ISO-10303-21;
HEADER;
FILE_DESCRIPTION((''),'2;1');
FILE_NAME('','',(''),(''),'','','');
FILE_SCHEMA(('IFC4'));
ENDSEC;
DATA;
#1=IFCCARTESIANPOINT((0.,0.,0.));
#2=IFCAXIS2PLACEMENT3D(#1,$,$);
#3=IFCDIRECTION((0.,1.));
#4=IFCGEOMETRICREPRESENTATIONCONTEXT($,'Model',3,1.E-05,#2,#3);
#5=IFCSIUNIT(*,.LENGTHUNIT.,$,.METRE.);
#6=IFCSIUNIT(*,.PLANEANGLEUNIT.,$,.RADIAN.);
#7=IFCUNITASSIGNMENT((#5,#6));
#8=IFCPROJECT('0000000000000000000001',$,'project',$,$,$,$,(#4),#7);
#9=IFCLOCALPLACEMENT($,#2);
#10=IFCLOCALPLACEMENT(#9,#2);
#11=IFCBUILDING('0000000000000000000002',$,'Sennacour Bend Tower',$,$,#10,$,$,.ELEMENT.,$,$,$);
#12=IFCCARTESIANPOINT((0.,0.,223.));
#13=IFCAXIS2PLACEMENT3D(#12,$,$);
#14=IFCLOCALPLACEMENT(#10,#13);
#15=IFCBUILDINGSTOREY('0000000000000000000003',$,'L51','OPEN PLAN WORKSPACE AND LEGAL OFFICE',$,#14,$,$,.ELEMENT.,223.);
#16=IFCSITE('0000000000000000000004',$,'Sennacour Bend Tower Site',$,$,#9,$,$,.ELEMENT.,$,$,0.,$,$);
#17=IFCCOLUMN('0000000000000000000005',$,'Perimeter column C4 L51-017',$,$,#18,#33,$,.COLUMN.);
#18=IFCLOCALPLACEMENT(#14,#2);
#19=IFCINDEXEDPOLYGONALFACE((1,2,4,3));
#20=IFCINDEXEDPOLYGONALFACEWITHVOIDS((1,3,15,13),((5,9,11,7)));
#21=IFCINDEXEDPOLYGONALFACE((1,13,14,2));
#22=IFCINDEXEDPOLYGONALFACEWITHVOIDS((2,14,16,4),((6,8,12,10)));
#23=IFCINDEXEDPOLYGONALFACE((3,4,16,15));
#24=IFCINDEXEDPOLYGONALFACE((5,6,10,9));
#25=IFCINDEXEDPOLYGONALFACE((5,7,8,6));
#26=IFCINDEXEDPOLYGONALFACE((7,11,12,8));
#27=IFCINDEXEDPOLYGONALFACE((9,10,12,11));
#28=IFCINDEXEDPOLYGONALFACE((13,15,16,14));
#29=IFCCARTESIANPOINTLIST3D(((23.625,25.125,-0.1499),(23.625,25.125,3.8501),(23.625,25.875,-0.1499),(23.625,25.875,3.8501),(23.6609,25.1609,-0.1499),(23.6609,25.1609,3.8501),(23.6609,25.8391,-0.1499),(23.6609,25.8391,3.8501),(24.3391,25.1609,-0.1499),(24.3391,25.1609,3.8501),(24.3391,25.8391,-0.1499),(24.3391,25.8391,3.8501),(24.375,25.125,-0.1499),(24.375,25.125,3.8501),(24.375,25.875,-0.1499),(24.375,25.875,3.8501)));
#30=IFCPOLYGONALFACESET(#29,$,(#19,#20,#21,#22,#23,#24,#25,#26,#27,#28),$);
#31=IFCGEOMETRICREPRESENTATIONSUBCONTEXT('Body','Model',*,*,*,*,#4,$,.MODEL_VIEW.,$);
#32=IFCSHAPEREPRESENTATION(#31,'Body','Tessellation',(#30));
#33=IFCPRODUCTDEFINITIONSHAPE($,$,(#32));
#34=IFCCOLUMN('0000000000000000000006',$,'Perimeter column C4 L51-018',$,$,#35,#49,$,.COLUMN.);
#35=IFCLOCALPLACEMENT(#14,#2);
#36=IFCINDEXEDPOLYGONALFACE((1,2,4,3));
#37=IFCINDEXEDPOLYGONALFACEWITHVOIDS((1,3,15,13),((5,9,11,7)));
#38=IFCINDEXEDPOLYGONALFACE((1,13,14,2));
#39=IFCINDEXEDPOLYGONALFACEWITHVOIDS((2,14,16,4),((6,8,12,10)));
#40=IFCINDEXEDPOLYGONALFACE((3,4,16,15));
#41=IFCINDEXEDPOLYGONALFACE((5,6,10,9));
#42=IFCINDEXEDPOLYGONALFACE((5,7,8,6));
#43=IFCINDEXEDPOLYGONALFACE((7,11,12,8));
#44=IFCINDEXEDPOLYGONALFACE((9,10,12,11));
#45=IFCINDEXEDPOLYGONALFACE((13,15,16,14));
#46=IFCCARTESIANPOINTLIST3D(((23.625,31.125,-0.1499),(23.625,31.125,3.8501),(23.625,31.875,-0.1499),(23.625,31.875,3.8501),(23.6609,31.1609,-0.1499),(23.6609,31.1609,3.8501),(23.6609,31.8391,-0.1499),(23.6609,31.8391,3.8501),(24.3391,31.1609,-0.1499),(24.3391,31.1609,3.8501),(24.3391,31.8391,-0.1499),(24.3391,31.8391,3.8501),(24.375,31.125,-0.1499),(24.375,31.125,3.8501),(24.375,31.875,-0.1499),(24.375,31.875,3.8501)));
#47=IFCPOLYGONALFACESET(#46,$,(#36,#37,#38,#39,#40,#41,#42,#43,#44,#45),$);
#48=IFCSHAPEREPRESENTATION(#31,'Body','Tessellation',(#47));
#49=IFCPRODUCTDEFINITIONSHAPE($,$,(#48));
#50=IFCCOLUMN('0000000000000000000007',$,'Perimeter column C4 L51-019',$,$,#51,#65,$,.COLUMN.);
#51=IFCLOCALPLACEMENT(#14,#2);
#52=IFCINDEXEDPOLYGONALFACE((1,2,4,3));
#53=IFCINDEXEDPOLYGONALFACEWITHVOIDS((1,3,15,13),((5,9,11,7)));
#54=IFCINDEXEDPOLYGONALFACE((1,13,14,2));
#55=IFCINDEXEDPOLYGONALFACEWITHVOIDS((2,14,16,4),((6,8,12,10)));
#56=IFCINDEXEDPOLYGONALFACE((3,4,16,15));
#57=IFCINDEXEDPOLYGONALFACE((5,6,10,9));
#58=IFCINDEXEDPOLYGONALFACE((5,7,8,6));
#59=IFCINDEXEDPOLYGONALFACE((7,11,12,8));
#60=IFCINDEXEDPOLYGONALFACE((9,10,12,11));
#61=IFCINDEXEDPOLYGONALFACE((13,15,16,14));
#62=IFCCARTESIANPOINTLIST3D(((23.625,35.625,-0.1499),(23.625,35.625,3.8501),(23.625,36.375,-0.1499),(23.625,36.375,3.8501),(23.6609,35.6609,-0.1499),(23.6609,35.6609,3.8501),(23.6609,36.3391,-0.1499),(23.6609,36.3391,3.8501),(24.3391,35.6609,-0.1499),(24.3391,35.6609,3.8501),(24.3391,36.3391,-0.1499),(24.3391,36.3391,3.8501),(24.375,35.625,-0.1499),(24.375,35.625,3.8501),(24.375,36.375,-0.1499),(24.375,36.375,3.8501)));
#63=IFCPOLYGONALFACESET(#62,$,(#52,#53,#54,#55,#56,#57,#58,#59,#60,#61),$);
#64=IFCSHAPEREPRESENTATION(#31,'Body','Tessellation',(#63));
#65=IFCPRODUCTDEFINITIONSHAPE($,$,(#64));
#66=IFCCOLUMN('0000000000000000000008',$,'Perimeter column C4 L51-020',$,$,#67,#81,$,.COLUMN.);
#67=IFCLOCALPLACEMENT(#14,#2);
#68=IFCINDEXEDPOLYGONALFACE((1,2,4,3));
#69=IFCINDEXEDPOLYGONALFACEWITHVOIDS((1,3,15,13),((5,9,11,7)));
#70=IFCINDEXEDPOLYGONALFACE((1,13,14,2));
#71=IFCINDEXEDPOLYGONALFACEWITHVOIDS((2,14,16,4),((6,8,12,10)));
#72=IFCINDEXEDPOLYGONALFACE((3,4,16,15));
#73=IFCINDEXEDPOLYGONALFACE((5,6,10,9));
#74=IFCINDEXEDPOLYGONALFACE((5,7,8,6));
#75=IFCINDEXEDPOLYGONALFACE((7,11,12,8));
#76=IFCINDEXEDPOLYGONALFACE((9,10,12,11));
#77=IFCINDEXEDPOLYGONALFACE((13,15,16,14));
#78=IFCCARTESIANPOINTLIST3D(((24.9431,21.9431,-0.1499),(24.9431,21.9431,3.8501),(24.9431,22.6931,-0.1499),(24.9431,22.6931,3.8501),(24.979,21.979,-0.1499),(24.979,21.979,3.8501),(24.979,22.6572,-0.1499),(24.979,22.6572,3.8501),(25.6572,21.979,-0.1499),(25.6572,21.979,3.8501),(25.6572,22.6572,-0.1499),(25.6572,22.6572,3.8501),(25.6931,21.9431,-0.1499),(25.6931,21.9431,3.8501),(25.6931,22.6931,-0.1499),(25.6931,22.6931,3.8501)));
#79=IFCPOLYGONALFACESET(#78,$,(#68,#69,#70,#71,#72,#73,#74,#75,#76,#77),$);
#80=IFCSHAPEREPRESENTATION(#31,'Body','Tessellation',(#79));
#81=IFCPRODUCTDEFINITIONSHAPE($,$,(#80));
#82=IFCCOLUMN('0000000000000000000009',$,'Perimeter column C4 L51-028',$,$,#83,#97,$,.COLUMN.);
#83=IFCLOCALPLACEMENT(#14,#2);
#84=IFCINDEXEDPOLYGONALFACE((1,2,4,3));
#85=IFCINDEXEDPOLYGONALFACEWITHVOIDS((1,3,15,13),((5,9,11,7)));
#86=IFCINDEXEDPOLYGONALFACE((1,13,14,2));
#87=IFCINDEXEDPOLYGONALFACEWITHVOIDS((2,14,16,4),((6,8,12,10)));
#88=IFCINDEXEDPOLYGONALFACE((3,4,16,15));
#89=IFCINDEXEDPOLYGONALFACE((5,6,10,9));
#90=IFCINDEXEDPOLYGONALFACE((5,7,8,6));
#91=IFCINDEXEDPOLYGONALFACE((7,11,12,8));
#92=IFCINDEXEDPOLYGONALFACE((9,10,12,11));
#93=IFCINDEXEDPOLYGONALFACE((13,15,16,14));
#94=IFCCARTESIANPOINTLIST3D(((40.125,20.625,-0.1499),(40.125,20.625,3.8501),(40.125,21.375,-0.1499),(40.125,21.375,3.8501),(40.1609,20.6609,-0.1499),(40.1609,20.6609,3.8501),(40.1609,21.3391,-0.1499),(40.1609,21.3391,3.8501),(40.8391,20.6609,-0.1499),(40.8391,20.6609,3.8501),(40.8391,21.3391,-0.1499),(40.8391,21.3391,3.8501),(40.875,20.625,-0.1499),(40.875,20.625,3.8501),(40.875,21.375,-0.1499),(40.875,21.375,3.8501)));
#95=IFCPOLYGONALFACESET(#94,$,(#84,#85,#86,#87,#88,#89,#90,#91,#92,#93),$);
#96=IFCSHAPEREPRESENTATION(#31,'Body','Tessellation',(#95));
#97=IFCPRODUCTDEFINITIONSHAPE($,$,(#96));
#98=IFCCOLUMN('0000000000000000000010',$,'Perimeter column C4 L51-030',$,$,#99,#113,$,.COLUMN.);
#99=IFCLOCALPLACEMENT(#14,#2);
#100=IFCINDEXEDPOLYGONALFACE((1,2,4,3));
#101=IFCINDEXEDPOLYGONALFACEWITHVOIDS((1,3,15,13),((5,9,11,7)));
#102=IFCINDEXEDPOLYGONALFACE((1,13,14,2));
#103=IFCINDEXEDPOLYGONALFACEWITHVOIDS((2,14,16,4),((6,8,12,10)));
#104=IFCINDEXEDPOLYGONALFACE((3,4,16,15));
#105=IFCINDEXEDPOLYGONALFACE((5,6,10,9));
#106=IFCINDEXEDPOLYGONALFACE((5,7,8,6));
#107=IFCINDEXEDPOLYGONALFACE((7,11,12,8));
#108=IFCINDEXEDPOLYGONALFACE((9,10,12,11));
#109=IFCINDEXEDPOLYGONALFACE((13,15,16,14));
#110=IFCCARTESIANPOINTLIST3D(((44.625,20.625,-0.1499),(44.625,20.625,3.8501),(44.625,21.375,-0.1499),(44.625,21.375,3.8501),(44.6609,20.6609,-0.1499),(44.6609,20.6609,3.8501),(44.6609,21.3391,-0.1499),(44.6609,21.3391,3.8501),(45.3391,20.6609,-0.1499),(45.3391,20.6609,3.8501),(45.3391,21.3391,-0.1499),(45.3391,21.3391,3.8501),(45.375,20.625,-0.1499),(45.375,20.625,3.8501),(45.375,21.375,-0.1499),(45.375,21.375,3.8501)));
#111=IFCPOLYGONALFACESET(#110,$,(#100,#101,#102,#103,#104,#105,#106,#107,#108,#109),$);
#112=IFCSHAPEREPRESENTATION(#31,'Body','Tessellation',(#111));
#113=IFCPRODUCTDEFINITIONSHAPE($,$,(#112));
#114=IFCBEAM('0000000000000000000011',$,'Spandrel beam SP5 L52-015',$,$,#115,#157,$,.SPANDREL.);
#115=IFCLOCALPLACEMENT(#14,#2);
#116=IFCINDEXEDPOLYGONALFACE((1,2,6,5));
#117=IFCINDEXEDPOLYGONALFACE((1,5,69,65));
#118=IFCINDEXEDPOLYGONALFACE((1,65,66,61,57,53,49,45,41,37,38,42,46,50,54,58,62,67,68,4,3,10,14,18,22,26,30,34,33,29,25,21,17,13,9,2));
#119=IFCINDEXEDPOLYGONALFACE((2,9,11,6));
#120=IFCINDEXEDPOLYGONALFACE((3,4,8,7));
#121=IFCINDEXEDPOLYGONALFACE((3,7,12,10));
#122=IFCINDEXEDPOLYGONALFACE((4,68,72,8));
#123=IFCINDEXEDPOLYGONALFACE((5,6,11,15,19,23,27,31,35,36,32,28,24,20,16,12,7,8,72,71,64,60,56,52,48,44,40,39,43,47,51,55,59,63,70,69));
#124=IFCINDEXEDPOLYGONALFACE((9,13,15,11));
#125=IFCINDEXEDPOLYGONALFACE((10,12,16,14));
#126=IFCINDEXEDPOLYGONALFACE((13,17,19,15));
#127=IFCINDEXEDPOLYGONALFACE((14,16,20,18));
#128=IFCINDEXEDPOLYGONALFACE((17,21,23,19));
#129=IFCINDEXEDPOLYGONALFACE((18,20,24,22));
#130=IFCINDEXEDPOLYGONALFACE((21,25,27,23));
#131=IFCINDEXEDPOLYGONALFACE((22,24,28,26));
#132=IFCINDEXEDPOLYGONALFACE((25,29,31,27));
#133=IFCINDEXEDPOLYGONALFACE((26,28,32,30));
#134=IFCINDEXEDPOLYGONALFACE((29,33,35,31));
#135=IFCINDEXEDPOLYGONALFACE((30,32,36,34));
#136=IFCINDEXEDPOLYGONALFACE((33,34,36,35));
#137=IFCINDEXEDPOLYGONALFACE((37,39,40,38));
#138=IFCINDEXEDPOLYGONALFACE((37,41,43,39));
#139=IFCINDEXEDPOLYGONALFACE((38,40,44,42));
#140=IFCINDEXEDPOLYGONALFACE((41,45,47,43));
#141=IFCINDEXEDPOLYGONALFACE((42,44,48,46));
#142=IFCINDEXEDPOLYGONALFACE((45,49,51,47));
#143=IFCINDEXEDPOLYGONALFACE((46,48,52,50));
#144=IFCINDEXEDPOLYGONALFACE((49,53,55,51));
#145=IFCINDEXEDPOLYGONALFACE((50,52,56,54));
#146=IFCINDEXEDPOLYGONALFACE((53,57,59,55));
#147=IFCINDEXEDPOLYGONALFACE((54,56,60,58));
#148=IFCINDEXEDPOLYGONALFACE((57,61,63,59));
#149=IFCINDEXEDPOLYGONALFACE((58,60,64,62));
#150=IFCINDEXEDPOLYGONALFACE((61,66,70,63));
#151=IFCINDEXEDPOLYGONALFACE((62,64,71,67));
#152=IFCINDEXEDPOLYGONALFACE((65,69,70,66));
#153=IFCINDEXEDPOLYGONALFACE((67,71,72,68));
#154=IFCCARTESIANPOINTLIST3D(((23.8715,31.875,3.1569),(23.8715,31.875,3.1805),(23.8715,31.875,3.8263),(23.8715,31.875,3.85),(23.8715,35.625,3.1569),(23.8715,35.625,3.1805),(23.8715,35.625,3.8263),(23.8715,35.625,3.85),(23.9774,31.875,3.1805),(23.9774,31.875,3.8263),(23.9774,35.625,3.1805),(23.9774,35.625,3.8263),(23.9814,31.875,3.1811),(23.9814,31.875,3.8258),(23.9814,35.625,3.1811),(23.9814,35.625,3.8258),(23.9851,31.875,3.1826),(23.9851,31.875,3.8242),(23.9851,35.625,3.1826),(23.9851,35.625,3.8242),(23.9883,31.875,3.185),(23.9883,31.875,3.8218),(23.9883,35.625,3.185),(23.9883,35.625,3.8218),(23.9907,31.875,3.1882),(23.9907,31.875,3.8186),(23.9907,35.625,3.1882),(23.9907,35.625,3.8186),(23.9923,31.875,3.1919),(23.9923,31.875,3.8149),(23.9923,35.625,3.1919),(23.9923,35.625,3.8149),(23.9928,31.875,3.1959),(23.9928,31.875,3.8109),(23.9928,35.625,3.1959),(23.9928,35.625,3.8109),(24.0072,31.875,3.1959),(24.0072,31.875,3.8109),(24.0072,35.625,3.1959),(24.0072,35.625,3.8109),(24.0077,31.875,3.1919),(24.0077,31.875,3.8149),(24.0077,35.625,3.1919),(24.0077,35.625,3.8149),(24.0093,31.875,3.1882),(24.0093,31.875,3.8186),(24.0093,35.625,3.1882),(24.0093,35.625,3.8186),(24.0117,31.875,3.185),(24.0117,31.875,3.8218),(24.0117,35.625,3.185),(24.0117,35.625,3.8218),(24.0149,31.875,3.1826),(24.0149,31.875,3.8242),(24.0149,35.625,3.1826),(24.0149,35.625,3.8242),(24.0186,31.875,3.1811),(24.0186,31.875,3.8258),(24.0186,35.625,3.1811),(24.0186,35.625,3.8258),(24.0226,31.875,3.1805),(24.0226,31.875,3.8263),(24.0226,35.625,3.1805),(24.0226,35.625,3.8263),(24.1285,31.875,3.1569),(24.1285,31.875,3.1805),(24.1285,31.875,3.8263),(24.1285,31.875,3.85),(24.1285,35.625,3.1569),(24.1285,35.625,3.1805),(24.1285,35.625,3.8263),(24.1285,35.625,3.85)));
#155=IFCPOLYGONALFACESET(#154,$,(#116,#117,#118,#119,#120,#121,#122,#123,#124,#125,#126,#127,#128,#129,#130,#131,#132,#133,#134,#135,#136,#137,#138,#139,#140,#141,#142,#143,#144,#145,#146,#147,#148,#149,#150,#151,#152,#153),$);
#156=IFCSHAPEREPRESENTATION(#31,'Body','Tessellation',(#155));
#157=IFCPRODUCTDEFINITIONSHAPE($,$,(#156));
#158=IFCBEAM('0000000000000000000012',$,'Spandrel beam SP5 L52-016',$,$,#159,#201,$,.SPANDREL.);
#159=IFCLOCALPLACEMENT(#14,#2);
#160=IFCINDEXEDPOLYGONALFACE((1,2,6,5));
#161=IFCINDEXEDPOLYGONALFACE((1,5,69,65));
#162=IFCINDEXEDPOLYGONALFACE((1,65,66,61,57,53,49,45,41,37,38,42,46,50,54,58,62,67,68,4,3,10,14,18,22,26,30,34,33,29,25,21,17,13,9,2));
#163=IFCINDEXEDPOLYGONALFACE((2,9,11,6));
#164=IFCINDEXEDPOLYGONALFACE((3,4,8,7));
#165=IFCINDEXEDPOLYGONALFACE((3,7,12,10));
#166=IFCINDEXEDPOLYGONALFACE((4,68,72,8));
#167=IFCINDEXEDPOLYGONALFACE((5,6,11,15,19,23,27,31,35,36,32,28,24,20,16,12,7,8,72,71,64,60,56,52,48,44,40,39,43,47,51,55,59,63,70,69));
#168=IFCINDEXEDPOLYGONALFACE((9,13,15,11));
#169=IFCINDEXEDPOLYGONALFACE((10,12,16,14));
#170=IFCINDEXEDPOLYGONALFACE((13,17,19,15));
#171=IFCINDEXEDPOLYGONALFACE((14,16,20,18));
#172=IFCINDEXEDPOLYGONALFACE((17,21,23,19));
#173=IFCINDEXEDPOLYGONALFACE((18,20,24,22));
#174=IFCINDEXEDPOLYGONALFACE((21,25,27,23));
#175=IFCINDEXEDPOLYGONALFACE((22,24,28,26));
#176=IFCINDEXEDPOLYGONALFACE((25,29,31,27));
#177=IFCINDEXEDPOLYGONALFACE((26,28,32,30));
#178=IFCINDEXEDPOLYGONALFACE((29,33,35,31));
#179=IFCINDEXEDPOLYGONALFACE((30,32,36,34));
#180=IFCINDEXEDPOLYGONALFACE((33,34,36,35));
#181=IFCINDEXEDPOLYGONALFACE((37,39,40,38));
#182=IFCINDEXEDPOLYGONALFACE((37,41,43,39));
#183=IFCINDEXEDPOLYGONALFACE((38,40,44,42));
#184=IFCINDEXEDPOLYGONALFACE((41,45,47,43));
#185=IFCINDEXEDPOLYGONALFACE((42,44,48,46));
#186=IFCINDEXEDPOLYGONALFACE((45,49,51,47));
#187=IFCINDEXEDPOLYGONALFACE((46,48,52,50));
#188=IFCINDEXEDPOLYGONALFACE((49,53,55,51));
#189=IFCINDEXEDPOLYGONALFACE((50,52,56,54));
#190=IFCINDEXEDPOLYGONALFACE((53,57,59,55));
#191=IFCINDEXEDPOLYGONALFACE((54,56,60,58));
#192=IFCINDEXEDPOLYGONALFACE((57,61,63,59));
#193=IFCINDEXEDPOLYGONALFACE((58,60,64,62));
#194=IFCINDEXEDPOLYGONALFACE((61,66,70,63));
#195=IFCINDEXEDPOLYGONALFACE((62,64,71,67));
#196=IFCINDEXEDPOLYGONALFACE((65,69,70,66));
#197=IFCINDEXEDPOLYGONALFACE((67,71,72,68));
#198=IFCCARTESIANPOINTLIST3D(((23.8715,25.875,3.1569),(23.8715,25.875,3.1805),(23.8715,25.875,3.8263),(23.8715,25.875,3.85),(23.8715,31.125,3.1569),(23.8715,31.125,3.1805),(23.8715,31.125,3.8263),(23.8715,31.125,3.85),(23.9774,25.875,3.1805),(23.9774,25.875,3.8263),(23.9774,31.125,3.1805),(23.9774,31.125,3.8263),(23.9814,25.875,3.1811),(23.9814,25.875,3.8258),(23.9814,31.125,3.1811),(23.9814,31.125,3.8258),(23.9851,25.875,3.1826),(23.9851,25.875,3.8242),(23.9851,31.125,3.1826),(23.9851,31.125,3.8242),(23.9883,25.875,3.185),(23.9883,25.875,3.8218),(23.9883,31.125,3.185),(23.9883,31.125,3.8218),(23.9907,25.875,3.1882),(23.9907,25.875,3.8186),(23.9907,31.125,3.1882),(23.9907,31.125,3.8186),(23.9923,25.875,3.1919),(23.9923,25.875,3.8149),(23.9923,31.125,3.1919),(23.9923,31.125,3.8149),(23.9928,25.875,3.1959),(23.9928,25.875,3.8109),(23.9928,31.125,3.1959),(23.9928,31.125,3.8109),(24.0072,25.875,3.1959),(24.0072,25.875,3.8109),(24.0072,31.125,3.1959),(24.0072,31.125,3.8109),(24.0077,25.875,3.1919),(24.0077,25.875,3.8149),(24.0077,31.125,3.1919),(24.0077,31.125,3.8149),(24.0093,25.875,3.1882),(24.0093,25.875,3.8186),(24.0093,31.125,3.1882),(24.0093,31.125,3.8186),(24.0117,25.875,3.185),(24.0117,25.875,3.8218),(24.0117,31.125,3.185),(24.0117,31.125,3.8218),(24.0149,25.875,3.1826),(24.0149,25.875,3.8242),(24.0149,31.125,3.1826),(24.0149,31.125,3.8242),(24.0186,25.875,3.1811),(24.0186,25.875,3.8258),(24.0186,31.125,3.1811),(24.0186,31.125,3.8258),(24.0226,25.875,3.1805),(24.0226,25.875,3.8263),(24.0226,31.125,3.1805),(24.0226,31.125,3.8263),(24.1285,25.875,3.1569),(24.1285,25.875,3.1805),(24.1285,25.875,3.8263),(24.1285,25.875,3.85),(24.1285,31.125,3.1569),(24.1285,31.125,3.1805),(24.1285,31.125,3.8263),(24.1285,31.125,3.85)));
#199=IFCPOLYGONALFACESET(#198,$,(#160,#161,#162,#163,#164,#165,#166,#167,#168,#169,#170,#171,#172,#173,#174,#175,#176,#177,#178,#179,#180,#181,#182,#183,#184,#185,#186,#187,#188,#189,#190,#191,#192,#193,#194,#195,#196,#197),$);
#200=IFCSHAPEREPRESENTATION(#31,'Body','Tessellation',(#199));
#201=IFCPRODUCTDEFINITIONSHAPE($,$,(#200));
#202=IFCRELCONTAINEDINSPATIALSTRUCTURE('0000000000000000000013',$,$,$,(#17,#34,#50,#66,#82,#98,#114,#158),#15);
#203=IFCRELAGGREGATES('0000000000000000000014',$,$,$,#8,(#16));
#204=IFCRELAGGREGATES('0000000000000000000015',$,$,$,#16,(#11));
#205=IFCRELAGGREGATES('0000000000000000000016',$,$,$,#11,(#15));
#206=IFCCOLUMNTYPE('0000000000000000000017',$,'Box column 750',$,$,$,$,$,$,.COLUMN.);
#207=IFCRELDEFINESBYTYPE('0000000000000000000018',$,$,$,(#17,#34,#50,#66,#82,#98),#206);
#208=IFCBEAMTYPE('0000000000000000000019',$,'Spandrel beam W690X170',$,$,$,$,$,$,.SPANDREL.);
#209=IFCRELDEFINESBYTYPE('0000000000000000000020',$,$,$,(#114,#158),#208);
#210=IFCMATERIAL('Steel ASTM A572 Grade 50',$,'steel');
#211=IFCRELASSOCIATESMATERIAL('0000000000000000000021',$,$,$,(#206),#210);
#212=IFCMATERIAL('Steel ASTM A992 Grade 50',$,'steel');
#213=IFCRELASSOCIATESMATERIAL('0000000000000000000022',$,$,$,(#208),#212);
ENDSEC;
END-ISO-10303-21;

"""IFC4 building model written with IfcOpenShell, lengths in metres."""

from ifc_helpers import new_model, si_unit, direction, frame, origin, origin_2d, place, context, subcontext, project, spatial, hollow_rectangle, i_section, extrude, material, material_profile, profile_set, type_object, element, save


model = new_model("IFC4")

# Units and contexts
model_context = context("Model", 3, precision=1e-05, world=origin(), true_north=direction((0.0, 1.0)))
body_context = subcontext(model_context, "Body", "Model", "MODEL_VIEW")
ifc_project = project(units=[si_unit("LENGTHUNIT", "METRE"), si_unit("PLANEANGLEUNIT", "RADIAN")], contexts=[model_context])

# Site, building, storey
site_placement = place(None, origin())
site = spatial("IfcSite", under=ifc_project, at=site_placement, Name="Sennacour Bend Tower Site", CompositionType="ELEMENT", RefElevation=0.0)
building_placement = place(site_placement, origin())
building = spatial("IfcBuilding", under=site, at=building_placement, Name="Sennacour Bend Tower", CompositionType="ELEMENT")
storey_placement = place(building_placement, frame((0.0, 0.0, 223.0)))
storey = spatial("IfcBuildingStorey", under=building, at=storey_placement, Name="L51", Description="OPEN PLAN WORKSPACE AND LEGAL OFFICE", CompositionType="ELEMENT", Elevation=223.0)

# Columns
ifc_material_1 = material(Name="Steel ASTM A572 Grade 50", Category="steel")
ifc_material_profile_1 = material_profile(ifc_material_1, hollow_rectangle(XDim=0.75, YDim=0.75, WallThickness=0.0359, at=origin_2d()), Name="Steel ASTM A572 Grade 50", Category="steel")
ifc_profile_set_1 = profile_set([ifc_material_profile_1], Name="Steel ASTM A572 Grade 50")
column_type = type_object("IfcColumnType", Name="Box column 750", PredefinedType="COLUMN", material=ifc_profile_set_1)
for number, where, z_axis, x_axis, name in (
    (1, (24.0, 25.5, -0.1499), (0.0, 0.0, 1.0), (1.0, 0.0, 0.0), "Perimeter column C4 L51-017"),
    (2, (24.0, 31.5, -0.1499), (0.0, 0.0, 1.0), (1.0, 0.0, 0.0), "Perimeter column C4 L51-018"),
    (3, (24.0, 36.0, -0.1499), (0.0, 0.0, 1.0), (1.0, 0.0, 0.0), "Perimeter column C4 L51-019"),
    (4, (25.3181, 22.3181, -0.1499), (0.0, 0.0, 1.0), (1.0, 0.0, 0.0), "Perimeter column C4 L51-020"),
    (5, (40.5, 21.0, -0.1499), (0.0, 0.0, 1.0), (1.0, 0.0, 0.0), "Perimeter column C4 L51-028"),
    (6, (45.0, 21.0, -0.1499), (0.0, 0.0, 1.0), (1.0, 0.0, 0.0), "Perimeter column C4 L51-030"),
):
    element("IfcColumn", number, at=place(storey_placement, frame(where, z_axis=z_axis, x_axis=x_axis)), inside=storey, type_object=column_type, Name=name, PredefinedType="COLUMN", context=body_context, shape_type="SweptSolid", body=[
        extrude(hollow_rectangle(XDim=0.75, YDim=0.75, WallThickness=0.0359, at=origin_2d()), origin(), (0.0, 0.0, 1.0), 4.0),
    ])

# Beams
ifc_material_2 = material(Name="Steel ASTM A992 Grade 50", Category="steel")
ifc_material_profile_2 = material_profile(ifc_material_2, i_section(OverallWidth=0.2571, OverallDepth=0.6931, WebThickness=0.0144, FlangeThickness=0.0237, FilletRadius=0.0154, at=origin_2d()), Name="Steel ASTM A992 Grade 50", Category="steel")
ifc_profile_set_2 = profile_set([ifc_material_profile_2], Name="Steel ASTM A992 Grade 50")
beam_type = type_object("IfcBeamType", Name="Spandrel beam W690X170", PredefinedType="SPANDREL", material=ifc_profile_set_2)
beam_1_placement = place(storey_placement, frame((24.0, 35.625, 3.5034), z_axis=(0.0, -1.0, 0.0), x_axis=(1.0, 0.0, 0.0)))
element("IfcBeam", 7, at=beam_1_placement, inside=storey, type_object=beam_type, Name="Spandrel beam SP5 L52-015", PredefinedType="SPANDREL", context=body_context, shape_type="SweptSolid", body=[
    extrude(i_section(OverallWidth=0.2571, OverallDepth=0.6931, WebThickness=0.0144, FlangeThickness=0.0237, FilletRadius=0.0154, at=origin_2d()), origin(), (0.0, 0.0, 1.0), 3.75),
])
beam_2_placement = place(storey_placement, frame((24.0, 31.125, 3.5034), z_axis=(0.0, -1.0, 0.0), x_axis=(1.0, 0.0, 0.0)))
element("IfcBeam", 8, at=beam_2_placement, inside=storey, type_object=beam_type, Name="Spandrel beam SP5 L52-016", PredefinedType="SPANDREL", context=body_context, shape_type="SweptSolid", body=[
    extrude(i_section(OverallWidth=0.2571, OverallDepth=0.6931, WebThickness=0.0144, FlangeThickness=0.0237, FilletRadius=0.0154, at=origin_2d()), origin(), (0.0, 0.0, 1.0), 5.25),
])

save(model, "model.ifc")
